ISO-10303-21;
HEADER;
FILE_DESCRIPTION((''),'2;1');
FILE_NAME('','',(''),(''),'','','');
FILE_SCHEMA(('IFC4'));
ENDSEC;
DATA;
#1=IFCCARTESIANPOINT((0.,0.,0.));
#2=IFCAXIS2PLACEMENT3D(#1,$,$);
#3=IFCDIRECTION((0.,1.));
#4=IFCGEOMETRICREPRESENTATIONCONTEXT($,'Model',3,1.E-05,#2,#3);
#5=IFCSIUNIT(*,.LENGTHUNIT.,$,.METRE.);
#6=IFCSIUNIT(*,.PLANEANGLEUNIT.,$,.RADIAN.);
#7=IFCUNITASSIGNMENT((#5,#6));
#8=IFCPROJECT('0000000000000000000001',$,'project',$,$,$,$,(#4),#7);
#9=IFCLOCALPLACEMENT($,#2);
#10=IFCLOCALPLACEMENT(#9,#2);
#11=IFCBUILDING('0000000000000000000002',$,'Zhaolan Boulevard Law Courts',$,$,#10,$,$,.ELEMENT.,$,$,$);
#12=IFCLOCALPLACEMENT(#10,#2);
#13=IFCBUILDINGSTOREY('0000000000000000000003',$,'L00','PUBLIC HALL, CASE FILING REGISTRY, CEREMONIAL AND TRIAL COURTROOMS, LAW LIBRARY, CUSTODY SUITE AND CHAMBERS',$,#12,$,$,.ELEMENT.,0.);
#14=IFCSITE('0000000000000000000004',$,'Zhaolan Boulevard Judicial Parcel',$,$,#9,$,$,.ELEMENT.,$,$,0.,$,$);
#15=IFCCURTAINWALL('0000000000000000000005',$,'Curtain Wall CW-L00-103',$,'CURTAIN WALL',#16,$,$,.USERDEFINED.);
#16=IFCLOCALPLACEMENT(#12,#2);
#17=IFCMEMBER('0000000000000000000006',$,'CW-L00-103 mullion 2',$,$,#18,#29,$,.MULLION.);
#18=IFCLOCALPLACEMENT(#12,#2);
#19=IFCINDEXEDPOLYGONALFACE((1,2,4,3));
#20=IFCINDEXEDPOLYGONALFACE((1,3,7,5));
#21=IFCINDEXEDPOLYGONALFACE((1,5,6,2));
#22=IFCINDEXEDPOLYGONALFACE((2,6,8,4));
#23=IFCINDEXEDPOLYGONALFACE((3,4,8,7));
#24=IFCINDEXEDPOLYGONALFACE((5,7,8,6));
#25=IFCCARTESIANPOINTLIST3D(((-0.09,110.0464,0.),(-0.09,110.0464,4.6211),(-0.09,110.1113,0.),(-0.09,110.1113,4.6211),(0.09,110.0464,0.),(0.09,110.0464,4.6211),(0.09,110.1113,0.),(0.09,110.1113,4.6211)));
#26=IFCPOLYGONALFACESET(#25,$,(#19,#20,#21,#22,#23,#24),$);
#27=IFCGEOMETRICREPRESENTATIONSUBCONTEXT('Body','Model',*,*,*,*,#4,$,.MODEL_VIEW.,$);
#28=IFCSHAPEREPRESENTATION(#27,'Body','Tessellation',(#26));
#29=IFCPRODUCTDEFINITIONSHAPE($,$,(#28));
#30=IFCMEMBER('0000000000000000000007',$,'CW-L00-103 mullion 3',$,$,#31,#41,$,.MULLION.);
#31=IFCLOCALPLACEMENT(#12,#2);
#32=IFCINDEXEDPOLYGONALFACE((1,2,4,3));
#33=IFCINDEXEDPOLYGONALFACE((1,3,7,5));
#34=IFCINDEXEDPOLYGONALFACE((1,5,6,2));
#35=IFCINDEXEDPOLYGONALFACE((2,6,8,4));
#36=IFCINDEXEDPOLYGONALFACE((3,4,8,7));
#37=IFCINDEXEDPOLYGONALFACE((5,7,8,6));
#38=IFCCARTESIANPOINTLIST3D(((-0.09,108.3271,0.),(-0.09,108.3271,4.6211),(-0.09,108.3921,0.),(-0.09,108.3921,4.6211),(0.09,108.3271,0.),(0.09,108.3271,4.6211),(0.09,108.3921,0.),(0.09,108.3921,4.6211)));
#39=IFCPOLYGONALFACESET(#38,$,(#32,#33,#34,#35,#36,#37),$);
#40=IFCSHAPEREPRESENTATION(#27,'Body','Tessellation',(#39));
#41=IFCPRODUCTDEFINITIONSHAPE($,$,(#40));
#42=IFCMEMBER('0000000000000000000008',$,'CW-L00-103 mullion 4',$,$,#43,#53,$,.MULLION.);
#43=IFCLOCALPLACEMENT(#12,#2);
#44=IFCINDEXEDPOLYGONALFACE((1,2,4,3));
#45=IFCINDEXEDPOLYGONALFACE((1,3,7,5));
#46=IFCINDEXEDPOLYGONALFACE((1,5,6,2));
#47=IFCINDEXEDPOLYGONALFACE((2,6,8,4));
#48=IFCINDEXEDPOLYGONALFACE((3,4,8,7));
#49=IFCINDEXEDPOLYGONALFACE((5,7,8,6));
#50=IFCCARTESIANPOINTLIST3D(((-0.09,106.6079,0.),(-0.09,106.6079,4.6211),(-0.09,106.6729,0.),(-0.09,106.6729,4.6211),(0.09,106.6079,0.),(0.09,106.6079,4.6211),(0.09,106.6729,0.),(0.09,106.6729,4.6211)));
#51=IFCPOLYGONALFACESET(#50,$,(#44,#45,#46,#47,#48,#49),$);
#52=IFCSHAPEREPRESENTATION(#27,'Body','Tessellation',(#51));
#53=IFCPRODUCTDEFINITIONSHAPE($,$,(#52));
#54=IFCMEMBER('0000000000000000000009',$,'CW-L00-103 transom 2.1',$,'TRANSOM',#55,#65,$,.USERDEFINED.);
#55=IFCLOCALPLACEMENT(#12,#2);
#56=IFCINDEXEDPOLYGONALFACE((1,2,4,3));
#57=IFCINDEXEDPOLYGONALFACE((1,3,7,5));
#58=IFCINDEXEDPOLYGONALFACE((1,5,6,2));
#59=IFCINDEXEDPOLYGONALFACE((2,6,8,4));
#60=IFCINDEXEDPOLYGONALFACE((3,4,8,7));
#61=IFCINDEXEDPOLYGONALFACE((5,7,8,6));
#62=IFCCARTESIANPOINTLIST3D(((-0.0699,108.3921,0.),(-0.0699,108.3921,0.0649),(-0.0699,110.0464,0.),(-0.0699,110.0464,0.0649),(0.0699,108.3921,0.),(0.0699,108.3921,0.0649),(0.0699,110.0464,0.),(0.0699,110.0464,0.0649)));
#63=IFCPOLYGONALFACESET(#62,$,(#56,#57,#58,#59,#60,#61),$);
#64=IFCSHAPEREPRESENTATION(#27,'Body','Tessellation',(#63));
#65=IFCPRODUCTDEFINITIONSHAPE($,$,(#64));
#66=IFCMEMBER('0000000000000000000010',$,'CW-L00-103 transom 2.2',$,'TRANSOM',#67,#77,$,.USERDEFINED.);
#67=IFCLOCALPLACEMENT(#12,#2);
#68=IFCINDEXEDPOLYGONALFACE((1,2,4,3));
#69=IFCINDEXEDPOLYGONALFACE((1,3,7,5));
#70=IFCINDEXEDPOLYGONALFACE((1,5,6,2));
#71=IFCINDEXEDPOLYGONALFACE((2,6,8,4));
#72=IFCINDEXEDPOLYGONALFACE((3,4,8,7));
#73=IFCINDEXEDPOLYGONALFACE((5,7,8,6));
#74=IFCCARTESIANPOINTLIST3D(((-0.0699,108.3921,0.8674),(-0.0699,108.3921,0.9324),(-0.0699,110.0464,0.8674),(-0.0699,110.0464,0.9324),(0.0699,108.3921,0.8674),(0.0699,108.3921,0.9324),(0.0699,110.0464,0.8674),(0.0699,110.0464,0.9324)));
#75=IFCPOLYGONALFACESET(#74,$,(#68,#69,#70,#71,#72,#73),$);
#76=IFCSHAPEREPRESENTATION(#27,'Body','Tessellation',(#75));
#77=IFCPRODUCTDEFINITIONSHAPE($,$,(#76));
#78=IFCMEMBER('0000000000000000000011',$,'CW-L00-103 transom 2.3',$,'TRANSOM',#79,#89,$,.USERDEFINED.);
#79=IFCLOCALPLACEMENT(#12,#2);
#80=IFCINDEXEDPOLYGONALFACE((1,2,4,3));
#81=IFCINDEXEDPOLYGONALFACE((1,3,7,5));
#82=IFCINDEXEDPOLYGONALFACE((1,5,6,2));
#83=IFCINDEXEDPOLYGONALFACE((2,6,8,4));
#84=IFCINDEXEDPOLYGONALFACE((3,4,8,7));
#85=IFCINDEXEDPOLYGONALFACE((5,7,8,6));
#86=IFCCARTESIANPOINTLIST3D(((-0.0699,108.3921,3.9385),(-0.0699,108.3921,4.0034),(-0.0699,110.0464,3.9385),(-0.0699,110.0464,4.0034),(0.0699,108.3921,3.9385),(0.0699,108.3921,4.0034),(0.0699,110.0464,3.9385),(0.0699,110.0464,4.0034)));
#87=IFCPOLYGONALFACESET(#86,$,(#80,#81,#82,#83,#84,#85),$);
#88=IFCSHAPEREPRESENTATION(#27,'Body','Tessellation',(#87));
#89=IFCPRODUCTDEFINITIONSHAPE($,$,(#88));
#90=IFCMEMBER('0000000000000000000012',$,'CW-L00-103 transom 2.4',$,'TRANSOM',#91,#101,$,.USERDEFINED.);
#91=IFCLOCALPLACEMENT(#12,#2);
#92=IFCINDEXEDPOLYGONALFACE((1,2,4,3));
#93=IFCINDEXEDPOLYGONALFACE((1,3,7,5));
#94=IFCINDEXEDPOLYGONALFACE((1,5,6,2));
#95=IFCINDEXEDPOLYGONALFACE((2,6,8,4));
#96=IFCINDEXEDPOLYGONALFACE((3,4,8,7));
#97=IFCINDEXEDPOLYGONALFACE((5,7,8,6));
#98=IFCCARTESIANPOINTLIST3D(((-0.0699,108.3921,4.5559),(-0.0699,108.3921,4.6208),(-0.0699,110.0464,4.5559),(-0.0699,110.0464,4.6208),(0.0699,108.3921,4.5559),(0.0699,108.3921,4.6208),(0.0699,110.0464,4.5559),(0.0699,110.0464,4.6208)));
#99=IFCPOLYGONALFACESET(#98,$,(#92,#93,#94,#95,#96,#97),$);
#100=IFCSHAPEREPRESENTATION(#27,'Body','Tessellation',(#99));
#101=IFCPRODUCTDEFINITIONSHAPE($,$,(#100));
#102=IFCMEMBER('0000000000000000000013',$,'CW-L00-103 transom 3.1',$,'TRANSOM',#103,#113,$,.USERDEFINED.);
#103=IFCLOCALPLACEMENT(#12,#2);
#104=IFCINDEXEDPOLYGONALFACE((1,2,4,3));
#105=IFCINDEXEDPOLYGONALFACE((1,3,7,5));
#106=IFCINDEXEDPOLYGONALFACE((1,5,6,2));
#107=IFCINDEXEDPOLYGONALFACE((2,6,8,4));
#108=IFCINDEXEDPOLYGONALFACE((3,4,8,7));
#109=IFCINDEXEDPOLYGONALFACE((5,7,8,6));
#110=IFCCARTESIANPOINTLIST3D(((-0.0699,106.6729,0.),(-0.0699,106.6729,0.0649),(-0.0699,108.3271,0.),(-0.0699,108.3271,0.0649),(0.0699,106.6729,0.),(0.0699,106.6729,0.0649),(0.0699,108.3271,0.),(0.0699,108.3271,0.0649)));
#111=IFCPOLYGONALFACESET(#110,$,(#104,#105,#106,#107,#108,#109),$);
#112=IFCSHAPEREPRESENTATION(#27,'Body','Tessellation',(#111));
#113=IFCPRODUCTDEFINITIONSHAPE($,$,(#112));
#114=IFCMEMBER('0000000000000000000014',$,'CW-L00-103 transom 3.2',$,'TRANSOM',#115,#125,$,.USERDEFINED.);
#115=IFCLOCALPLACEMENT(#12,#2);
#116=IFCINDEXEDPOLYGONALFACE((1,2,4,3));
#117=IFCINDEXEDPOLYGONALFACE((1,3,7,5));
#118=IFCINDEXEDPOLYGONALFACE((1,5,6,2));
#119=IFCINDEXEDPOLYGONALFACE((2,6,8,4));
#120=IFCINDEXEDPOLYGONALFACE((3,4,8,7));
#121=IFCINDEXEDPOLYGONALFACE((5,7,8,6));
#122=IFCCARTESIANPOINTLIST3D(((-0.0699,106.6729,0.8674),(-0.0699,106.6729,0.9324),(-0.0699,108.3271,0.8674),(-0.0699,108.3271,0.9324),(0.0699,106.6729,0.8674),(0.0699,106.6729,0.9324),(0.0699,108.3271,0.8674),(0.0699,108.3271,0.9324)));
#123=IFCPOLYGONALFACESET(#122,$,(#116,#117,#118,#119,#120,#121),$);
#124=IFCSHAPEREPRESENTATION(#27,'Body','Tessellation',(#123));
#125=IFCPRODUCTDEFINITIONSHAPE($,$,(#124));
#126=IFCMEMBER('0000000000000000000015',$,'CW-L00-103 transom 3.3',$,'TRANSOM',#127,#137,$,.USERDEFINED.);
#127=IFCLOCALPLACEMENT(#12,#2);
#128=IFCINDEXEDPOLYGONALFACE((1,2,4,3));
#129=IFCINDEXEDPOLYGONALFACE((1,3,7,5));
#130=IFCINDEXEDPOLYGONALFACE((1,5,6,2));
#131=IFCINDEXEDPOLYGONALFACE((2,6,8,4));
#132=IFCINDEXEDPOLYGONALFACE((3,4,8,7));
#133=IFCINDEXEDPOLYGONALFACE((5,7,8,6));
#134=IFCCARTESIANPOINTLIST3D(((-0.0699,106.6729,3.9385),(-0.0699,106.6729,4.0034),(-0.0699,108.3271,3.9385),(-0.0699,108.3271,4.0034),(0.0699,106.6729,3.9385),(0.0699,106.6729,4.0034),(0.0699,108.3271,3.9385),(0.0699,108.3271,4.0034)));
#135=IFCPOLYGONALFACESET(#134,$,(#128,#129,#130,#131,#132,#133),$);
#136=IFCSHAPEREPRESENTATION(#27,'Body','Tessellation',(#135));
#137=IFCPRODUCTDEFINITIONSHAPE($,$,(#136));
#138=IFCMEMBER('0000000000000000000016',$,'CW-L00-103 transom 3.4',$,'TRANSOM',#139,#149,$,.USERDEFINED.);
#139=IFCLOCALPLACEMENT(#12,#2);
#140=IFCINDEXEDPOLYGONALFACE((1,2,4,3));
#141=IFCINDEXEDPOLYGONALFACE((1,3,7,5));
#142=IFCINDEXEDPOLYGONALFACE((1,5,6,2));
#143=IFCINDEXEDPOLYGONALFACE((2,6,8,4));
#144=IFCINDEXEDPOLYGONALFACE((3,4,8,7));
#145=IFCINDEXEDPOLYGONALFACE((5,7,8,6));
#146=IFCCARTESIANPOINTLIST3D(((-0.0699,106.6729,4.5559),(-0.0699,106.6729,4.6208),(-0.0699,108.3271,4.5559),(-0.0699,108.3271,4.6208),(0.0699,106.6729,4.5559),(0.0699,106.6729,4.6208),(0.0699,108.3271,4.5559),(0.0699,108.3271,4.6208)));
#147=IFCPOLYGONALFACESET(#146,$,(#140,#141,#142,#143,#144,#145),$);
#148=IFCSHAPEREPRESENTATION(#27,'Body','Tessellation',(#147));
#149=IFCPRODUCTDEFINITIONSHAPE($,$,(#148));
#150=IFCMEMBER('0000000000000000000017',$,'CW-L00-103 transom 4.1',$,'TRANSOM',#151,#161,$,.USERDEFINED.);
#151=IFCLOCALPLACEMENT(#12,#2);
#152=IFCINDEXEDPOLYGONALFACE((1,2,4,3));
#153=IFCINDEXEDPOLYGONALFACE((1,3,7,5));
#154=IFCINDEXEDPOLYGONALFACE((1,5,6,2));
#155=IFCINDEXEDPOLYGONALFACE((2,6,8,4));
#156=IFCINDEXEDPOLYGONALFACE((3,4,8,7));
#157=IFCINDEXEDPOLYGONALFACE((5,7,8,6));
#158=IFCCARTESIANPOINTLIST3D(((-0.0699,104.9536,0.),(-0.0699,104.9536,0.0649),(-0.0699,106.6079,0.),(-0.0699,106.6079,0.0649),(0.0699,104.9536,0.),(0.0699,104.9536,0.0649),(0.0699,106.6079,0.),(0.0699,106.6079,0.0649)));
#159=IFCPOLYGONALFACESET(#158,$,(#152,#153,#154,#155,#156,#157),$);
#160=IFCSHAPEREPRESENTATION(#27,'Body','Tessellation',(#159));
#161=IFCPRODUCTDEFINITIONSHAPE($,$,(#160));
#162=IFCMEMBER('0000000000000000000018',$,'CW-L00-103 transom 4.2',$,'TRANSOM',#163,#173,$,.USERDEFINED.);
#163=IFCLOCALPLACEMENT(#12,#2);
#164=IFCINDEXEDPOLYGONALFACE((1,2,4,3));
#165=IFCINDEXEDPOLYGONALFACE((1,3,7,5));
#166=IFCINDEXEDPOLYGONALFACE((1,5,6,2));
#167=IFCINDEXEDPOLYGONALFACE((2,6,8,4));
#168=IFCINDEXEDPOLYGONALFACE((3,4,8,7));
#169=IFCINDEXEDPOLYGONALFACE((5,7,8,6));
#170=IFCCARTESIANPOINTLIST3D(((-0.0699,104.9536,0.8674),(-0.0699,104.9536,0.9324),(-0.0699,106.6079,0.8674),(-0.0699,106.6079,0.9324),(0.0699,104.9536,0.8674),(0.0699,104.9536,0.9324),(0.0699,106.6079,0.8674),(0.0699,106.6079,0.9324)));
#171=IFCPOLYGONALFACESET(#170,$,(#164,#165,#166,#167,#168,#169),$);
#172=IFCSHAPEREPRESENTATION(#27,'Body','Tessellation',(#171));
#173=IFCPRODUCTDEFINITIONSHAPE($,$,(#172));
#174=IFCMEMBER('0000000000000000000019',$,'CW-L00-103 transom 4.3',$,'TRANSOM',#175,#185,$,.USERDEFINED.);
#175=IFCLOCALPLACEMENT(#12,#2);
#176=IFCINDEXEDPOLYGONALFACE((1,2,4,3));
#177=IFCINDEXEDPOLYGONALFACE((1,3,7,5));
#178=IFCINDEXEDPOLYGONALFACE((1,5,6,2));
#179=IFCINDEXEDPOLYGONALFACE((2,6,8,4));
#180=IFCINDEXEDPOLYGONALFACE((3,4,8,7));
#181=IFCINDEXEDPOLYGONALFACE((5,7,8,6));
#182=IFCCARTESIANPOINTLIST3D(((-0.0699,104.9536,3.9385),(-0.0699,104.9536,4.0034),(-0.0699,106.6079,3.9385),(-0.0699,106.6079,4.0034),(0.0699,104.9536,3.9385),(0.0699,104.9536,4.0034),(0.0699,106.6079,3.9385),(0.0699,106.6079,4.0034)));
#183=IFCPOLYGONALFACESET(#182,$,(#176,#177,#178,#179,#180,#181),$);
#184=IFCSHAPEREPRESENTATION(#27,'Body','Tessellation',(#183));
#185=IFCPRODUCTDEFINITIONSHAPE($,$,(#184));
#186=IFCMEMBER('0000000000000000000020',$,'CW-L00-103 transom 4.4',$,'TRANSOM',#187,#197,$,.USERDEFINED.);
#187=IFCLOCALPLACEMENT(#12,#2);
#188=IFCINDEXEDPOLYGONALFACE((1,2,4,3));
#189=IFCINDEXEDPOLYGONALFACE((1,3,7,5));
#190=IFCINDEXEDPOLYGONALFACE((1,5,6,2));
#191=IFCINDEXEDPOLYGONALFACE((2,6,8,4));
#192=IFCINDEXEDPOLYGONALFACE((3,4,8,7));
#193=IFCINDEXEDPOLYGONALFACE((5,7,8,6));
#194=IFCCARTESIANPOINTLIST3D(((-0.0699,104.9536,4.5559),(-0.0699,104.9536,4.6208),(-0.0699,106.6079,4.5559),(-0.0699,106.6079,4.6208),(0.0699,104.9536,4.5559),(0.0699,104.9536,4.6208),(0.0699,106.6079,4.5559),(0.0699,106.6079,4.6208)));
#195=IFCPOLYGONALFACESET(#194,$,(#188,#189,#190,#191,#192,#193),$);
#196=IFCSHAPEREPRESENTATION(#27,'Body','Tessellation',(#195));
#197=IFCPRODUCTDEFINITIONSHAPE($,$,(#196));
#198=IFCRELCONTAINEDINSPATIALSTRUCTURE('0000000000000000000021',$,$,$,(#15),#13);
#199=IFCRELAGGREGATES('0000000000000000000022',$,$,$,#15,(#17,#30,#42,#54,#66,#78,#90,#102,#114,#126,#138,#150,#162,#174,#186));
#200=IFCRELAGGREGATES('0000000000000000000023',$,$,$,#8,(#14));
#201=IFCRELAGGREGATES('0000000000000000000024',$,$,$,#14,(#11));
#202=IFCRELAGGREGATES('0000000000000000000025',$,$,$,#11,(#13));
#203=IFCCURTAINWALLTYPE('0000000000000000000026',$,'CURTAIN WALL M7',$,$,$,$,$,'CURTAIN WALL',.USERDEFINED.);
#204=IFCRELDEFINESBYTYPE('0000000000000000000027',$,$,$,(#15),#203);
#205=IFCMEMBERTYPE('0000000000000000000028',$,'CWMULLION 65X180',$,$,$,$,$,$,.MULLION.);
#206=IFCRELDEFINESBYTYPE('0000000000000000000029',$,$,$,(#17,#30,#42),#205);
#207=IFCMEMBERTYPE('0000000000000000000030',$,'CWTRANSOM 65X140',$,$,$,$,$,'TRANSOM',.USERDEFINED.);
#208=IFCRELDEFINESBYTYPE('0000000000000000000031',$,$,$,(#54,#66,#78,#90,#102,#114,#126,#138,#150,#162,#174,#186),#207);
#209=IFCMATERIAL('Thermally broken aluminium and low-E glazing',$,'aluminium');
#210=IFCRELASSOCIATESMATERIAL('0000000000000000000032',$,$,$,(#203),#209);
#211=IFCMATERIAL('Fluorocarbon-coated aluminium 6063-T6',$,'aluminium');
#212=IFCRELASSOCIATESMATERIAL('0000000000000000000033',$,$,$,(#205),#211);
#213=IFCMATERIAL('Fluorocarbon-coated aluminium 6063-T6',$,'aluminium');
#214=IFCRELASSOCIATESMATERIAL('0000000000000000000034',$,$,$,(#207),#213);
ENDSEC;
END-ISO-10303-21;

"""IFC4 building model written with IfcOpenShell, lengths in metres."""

from ifc_helpers import new_model, si_unit, direction, frame, origin, origin_2d, place, context, subcontext, project, spatial, rectangle, extrude, material, material_profile, profile_set, type_object, element, aggregate, save


model = new_model("IFC4")

# Units and contexts
model_context = context("Model", 3, precision=1e-05, world=origin(), true_north=direction((0.0, 1.0)))
body_context = subcontext(model_context, "Body", "Model", "MODEL_VIEW")
ifc_project = project(units=[si_unit("LENGTHUNIT", "METRE"), si_unit("PLANEANGLEUNIT", "RADIAN")], contexts=[model_context])

# Site, building, storey
site_placement = place(None, origin())
site = spatial("IfcSite", under=ifc_project, at=site_placement, Name="Zhaolan Boulevard Judicial Parcel", CompositionType="ELEMENT", RefElevation=0.0)
building_placement = place(site_placement, origin())
building = spatial("IfcBuilding", under=site, at=building_placement, Name="Zhaolan Boulevard Law Courts", CompositionType="ELEMENT")
storey_placement = place(building_placement, origin())
storey = spatial("IfcBuildingStorey", under=building, at=storey_placement, Name="L00", Description="PUBLIC HALL, CASE FILING REGISTRY, CEREMONIAL AND TRIAL COURTROOMS, LAW LIBRARY, CUSTODY SUITE AND CHAMBERS", CompositionType="ELEMENT", Elevation=0.0)

# Curtain wall, members
ifc_material_1 = material(Name="Thermally broken aluminium and low-E glazing", Category="aluminium")
curtain_wall_type = type_object("IfcCurtainWallType", Name="CURTAIN WALL M7", ElementType="CURTAIN WALL", PredefinedType="USERDEFINED", material=ifc_material_1)
curtain_wall_placement = place(storey_placement, origin())
curtain_wall = element("IfcCurtainWall", 1, at=curtain_wall_placement, inside=storey, type_object=curtain_wall_type, Name="Curtain Wall CW-L00-103", ObjectType="CURTAIN WALL", PredefinedType="USERDEFINED")
ifc_material_2 = material(Name="Fluorocarbon-coated aluminium 6063-T6", Category="aluminium")
ifc_material_profile_1 = material_profile(ifc_material_2, rectangle(XDim=0.1799, YDim=0.0649, at=origin_2d()), Name="AL65x180")
ifc_profile_set_1 = profile_set([ifc_material_profile_1], Name="Fluorocarbon-coated aluminium 6063-T6")
member_type_1 = type_object("IfcMemberType", Name="CWMULLION 65X180", PredefinedType="MULLION", material=ifc_profile_set_1)
member_1_placement = place(storey_placement, frame((0.0, 110.0789, 0.0), z_axis=(0.0, 0.0, 1.0), x_axis=(1.0, 0.0, 0.0)))
member_1 = element("IfcMember", 2, at=member_1_placement, type_object=member_type_1, Name="CW-L00-103 mullion 2", PredefinedType="MULLION", context=body_context, shape_type="SweptSolid", body=[
    extrude(rectangle(XDim=0.1799, YDim=0.0649, at=origin_2d()), origin(), (0.0, 0.0, 1.0), 4.6211),
])
member_2_placement = place(storey_placement, frame((0.0, 108.3596, 0.0), z_axis=(0.0, 0.0, 1.0), x_axis=(1.0, 0.0, 0.0)))
member_2 = element("IfcMember", 3, at=member_2_placement, type_object=member_type_1, Name="CW-L00-103 mullion 3", PredefinedType="MULLION", context=body_context, shape_type="SweptSolid", body=[
    extrude(rectangle(XDim=0.1799, YDim=0.0649, at=origin_2d()), origin(), (0.0, 0.0, 1.0), 4.6211),
])
member_3_placement = place(storey_placement, frame((0.0, 106.6404, 0.0), z_axis=(0.0, 0.0, 1.0), x_axis=(1.0, 0.0, 0.0)))
member_3 = element("IfcMember", 4, at=member_3_placement, type_object=member_type_1, Name="CW-L00-103 mullion 4", PredefinedType="MULLION", context=body_context, shape_type="SweptSolid", body=[
    extrude(rectangle(XDim=0.1799, YDim=0.0649, at=origin_2d()), origin(), (0.0, 0.0, 1.0), 4.6211),
])
ifc_material_3 = material(Name="Fluorocarbon-coated aluminium 6063-T6", Category="aluminium")
ifc_material_profile_2 = material_profile(ifc_material_3, rectangle(XDim=0.1399, YDim=0.0649, at=origin_2d()), Name="AL65x140")
ifc_profile_set_2 = profile_set([ifc_material_profile_2], Name="Fluorocarbon-coated aluminium 6063-T6")
member_type_2 = type_object("IfcMemberType", Name="CWTRANSOM 65X140", ElementType="TRANSOM", PredefinedType="USERDEFINED", material=ifc_profile_set_2)
member_4_placement = place(storey_placement, frame((0.0, 110.0464, 0.0325), z_axis=(0.0, -1.0, 0.0), x_axis=(1.0, 0.0, 0.0)))
member_4 = element("IfcMember", 5, at=member_4_placement, type_object=member_type_2, Name="CW-L00-103 transom 2.1", ObjectType="TRANSOM", PredefinedType="USERDEFINED", context=body_context, shape_type="SweptSolid", body=[
    extrude(rectangle(XDim=0.1399, YDim=0.0649, at=origin_2d()), origin(), (0.0, 0.0, 1.0), 1.6543),
])
member_5_placement = place(storey_placement, frame((0.0, 110.0464, 0.8999), z_axis=(0.0, -1.0, 0.0), x_axis=(1.0, 0.0, 0.0)))
member_5 = element("IfcMember", 6, at=member_5_placement, type_object=member_type_2, Name="CW-L00-103 transom 2.2", ObjectType="TRANSOM", PredefinedType="USERDEFINED", context=body_context, shape_type="SweptSolid", body=[
    extrude(rectangle(XDim=0.1399, YDim=0.0649, at=origin_2d()), origin(), (0.0, 0.0, 1.0), 1.6543),
])
member_6_placement = place(storey_placement, frame((0.0, 110.0464, 3.9709), z_axis=(0.0, -1.0, 0.0), x_axis=(1.0, 0.0, 0.0)))
member_6 = element("IfcMember", 7, at=member_6_placement, type_object=member_type_2, Name="CW-L00-103 transom 2.3", ObjectType="TRANSOM", PredefinedType="USERDEFINED", context=body_context, shape_type="SweptSolid", body=[
    extrude(rectangle(XDim=0.1399, YDim=0.0649, at=origin_2d()), origin(), (0.0, 0.0, 1.0), 1.6543),
])
member_7_placement = place(storey_placement, frame((0.0, 110.0464, 4.5884), z_axis=(0.0, -1.0, 0.0), x_axis=(1.0, 0.0, 0.0)))
member_7 = element("IfcMember", 8, at=member_7_placement, type_object=member_type_2, Name="CW-L00-103 transom 2.4", ObjectType="TRANSOM", PredefinedType="USERDEFINED", context=body_context, shape_type="SweptSolid", body=[
    extrude(rectangle(XDim=0.1399, YDim=0.0649, at=origin_2d()), origin(), (0.0, 0.0, 1.0), 1.6543),
])
member_8_placement = place(storey_placement, frame((0.0, 108.3271, 0.0325), z_axis=(0.0, -1.0, 0.0), x_axis=(1.0, 0.0, 0.0)))
member_8 = element("IfcMember", 9, at=member_8_placement, type_object=member_type_2, Name="CW-L00-103 transom 3.1", ObjectType="TRANSOM", PredefinedType="USERDEFINED", context=body_context, shape_type="SweptSolid", body=[
    extrude(rectangle(XDim=0.1399, YDim=0.0649, at=origin_2d()), origin(), (0.0, 0.0, 1.0), 1.6543),
])
member_9_placement = place(storey_placement, frame((0.0, 108.3271, 0.8999), z_axis=(0.0, -1.0, 0.0), x_axis=(1.0, 0.0, 0.0)))
member_9 = element("IfcMember", 10, at=member_9_placement, type_object=member_type_2, Name="CW-L00-103 transom 3.2", ObjectType="TRANSOM", PredefinedType="USERDEFINED", context=body_context, shape_type="SweptSolid", body=[
    extrude(rectangle(XDim=0.1399, YDim=0.0649, at=origin_2d()), origin(), (0.0, 0.0, 1.0), 1.6543),
])
member_10_placement = place(storey_placement, frame((0.0, 108.3271, 3.9709), z_axis=(0.0, -1.0, 0.0), x_axis=(1.0, 0.0, 0.0)))
member_10 = element("IfcMember", 11, at=member_10_placement, type_object=member_type_2, Name="CW-L00-103 transom 3.3", ObjectType="TRANSOM", PredefinedType="USERDEFINED", context=body_context, shape_type="SweptSolid", body=[
    extrude(rectangle(XDim=0.1399, YDim=0.0649, at=origin_2d()), origin(), (0.0, 0.0, 1.0), 1.6543),
])
member_11_placement = place(storey_placement, frame((0.0, 108.3271, 4.5884), z_axis=(0.0, -1.0, 0.0), x_axis=(1.0, 0.0, 0.0)))
member_11 = element("IfcMember", 12, at=member_11_placement, type_object=member_type_2, Name="CW-L00-103 transom 3.4", ObjectType="TRANSOM", PredefinedType="USERDEFINED", context=body_context, shape_type="SweptSolid", body=[
    extrude(rectangle(XDim=0.1399, YDim=0.0649, at=origin_2d()), origin(), (0.0, 0.0, 1.0), 1.6543),
])
member_12_placement = place(storey_placement, frame((0.0, 106.6079, 0.0325), z_axis=(0.0, -1.0, 0.0), x_axis=(1.0, 0.0, 0.0)))
member_12 = element("IfcMember", 13, at=member_12_placement, type_object=member_type_2, Name="CW-L00-103 transom 4.1", ObjectType="TRANSOM", PredefinedType="USERDEFINED", context=body_context, shape_type="SweptSolid", body=[
    extrude(rectangle(XDim=0.1399, YDim=0.0649, at=origin_2d()), origin(), (0.0, 0.0, 1.0), 1.6543),
])
member_13_placement = place(storey_placement, frame((0.0, 106.6079, 0.8999), z_axis=(0.0, -1.0, 0.0), x_axis=(1.0, 0.0, 0.0)))
member_13 = element("IfcMember", 14, at=member_13_placement, type_object=member_type_2, Name="CW-L00-103 transom 4.2", ObjectType="TRANSOM", PredefinedType="USERDEFINED", context=body_context, shape_type="SweptSolid", body=[
    extrude(rectangle(XDim=0.1399, YDim=0.0649, at=origin_2d()), origin(), (0.0, 0.0, 1.0), 1.6543),
])
member_14_placement = place(storey_placement, frame((0.0, 106.6079, 3.9709), z_axis=(0.0, -1.0, 0.0), x_axis=(1.0, 0.0, 0.0)))
member_14 = element("IfcMember", 15, at=member_14_placement, type_object=member_type_2, Name="CW-L00-103 transom 4.3", ObjectType="TRANSOM", PredefinedType="USERDEFINED", context=body_context, shape_type="SweptSolid", body=[
    extrude(rectangle(XDim=0.1399, YDim=0.0649, at=origin_2d()), origin(), (0.0, 0.0, 1.0), 1.6543),
])
member_15_placement = place(storey_placement, frame((0.0, 106.6079, 4.5884), z_axis=(0.0, -1.0, 0.0), x_axis=(1.0, 0.0, 0.0)))
member_15 = element("IfcMember", 16, at=member_15_placement, type_object=member_type_2, Name="CW-L00-103 transom 4.4", ObjectType="TRANSOM", PredefinedType="USERDEFINED", context=body_context, shape_type="SweptSolid", body=[
    extrude(rectangle(XDim=0.1399, YDim=0.0649, at=origin_2d()), origin(), (0.0, 0.0, 1.0), 1.6543),
])
aggregate(curtain_wall, [member_1, member_2, member_3, member_4, member_5, member_6, member_7, member_8, member_9, member_10, member_11, member_12, member_13, member_14, member_15])

save(model, "model.ifc")
